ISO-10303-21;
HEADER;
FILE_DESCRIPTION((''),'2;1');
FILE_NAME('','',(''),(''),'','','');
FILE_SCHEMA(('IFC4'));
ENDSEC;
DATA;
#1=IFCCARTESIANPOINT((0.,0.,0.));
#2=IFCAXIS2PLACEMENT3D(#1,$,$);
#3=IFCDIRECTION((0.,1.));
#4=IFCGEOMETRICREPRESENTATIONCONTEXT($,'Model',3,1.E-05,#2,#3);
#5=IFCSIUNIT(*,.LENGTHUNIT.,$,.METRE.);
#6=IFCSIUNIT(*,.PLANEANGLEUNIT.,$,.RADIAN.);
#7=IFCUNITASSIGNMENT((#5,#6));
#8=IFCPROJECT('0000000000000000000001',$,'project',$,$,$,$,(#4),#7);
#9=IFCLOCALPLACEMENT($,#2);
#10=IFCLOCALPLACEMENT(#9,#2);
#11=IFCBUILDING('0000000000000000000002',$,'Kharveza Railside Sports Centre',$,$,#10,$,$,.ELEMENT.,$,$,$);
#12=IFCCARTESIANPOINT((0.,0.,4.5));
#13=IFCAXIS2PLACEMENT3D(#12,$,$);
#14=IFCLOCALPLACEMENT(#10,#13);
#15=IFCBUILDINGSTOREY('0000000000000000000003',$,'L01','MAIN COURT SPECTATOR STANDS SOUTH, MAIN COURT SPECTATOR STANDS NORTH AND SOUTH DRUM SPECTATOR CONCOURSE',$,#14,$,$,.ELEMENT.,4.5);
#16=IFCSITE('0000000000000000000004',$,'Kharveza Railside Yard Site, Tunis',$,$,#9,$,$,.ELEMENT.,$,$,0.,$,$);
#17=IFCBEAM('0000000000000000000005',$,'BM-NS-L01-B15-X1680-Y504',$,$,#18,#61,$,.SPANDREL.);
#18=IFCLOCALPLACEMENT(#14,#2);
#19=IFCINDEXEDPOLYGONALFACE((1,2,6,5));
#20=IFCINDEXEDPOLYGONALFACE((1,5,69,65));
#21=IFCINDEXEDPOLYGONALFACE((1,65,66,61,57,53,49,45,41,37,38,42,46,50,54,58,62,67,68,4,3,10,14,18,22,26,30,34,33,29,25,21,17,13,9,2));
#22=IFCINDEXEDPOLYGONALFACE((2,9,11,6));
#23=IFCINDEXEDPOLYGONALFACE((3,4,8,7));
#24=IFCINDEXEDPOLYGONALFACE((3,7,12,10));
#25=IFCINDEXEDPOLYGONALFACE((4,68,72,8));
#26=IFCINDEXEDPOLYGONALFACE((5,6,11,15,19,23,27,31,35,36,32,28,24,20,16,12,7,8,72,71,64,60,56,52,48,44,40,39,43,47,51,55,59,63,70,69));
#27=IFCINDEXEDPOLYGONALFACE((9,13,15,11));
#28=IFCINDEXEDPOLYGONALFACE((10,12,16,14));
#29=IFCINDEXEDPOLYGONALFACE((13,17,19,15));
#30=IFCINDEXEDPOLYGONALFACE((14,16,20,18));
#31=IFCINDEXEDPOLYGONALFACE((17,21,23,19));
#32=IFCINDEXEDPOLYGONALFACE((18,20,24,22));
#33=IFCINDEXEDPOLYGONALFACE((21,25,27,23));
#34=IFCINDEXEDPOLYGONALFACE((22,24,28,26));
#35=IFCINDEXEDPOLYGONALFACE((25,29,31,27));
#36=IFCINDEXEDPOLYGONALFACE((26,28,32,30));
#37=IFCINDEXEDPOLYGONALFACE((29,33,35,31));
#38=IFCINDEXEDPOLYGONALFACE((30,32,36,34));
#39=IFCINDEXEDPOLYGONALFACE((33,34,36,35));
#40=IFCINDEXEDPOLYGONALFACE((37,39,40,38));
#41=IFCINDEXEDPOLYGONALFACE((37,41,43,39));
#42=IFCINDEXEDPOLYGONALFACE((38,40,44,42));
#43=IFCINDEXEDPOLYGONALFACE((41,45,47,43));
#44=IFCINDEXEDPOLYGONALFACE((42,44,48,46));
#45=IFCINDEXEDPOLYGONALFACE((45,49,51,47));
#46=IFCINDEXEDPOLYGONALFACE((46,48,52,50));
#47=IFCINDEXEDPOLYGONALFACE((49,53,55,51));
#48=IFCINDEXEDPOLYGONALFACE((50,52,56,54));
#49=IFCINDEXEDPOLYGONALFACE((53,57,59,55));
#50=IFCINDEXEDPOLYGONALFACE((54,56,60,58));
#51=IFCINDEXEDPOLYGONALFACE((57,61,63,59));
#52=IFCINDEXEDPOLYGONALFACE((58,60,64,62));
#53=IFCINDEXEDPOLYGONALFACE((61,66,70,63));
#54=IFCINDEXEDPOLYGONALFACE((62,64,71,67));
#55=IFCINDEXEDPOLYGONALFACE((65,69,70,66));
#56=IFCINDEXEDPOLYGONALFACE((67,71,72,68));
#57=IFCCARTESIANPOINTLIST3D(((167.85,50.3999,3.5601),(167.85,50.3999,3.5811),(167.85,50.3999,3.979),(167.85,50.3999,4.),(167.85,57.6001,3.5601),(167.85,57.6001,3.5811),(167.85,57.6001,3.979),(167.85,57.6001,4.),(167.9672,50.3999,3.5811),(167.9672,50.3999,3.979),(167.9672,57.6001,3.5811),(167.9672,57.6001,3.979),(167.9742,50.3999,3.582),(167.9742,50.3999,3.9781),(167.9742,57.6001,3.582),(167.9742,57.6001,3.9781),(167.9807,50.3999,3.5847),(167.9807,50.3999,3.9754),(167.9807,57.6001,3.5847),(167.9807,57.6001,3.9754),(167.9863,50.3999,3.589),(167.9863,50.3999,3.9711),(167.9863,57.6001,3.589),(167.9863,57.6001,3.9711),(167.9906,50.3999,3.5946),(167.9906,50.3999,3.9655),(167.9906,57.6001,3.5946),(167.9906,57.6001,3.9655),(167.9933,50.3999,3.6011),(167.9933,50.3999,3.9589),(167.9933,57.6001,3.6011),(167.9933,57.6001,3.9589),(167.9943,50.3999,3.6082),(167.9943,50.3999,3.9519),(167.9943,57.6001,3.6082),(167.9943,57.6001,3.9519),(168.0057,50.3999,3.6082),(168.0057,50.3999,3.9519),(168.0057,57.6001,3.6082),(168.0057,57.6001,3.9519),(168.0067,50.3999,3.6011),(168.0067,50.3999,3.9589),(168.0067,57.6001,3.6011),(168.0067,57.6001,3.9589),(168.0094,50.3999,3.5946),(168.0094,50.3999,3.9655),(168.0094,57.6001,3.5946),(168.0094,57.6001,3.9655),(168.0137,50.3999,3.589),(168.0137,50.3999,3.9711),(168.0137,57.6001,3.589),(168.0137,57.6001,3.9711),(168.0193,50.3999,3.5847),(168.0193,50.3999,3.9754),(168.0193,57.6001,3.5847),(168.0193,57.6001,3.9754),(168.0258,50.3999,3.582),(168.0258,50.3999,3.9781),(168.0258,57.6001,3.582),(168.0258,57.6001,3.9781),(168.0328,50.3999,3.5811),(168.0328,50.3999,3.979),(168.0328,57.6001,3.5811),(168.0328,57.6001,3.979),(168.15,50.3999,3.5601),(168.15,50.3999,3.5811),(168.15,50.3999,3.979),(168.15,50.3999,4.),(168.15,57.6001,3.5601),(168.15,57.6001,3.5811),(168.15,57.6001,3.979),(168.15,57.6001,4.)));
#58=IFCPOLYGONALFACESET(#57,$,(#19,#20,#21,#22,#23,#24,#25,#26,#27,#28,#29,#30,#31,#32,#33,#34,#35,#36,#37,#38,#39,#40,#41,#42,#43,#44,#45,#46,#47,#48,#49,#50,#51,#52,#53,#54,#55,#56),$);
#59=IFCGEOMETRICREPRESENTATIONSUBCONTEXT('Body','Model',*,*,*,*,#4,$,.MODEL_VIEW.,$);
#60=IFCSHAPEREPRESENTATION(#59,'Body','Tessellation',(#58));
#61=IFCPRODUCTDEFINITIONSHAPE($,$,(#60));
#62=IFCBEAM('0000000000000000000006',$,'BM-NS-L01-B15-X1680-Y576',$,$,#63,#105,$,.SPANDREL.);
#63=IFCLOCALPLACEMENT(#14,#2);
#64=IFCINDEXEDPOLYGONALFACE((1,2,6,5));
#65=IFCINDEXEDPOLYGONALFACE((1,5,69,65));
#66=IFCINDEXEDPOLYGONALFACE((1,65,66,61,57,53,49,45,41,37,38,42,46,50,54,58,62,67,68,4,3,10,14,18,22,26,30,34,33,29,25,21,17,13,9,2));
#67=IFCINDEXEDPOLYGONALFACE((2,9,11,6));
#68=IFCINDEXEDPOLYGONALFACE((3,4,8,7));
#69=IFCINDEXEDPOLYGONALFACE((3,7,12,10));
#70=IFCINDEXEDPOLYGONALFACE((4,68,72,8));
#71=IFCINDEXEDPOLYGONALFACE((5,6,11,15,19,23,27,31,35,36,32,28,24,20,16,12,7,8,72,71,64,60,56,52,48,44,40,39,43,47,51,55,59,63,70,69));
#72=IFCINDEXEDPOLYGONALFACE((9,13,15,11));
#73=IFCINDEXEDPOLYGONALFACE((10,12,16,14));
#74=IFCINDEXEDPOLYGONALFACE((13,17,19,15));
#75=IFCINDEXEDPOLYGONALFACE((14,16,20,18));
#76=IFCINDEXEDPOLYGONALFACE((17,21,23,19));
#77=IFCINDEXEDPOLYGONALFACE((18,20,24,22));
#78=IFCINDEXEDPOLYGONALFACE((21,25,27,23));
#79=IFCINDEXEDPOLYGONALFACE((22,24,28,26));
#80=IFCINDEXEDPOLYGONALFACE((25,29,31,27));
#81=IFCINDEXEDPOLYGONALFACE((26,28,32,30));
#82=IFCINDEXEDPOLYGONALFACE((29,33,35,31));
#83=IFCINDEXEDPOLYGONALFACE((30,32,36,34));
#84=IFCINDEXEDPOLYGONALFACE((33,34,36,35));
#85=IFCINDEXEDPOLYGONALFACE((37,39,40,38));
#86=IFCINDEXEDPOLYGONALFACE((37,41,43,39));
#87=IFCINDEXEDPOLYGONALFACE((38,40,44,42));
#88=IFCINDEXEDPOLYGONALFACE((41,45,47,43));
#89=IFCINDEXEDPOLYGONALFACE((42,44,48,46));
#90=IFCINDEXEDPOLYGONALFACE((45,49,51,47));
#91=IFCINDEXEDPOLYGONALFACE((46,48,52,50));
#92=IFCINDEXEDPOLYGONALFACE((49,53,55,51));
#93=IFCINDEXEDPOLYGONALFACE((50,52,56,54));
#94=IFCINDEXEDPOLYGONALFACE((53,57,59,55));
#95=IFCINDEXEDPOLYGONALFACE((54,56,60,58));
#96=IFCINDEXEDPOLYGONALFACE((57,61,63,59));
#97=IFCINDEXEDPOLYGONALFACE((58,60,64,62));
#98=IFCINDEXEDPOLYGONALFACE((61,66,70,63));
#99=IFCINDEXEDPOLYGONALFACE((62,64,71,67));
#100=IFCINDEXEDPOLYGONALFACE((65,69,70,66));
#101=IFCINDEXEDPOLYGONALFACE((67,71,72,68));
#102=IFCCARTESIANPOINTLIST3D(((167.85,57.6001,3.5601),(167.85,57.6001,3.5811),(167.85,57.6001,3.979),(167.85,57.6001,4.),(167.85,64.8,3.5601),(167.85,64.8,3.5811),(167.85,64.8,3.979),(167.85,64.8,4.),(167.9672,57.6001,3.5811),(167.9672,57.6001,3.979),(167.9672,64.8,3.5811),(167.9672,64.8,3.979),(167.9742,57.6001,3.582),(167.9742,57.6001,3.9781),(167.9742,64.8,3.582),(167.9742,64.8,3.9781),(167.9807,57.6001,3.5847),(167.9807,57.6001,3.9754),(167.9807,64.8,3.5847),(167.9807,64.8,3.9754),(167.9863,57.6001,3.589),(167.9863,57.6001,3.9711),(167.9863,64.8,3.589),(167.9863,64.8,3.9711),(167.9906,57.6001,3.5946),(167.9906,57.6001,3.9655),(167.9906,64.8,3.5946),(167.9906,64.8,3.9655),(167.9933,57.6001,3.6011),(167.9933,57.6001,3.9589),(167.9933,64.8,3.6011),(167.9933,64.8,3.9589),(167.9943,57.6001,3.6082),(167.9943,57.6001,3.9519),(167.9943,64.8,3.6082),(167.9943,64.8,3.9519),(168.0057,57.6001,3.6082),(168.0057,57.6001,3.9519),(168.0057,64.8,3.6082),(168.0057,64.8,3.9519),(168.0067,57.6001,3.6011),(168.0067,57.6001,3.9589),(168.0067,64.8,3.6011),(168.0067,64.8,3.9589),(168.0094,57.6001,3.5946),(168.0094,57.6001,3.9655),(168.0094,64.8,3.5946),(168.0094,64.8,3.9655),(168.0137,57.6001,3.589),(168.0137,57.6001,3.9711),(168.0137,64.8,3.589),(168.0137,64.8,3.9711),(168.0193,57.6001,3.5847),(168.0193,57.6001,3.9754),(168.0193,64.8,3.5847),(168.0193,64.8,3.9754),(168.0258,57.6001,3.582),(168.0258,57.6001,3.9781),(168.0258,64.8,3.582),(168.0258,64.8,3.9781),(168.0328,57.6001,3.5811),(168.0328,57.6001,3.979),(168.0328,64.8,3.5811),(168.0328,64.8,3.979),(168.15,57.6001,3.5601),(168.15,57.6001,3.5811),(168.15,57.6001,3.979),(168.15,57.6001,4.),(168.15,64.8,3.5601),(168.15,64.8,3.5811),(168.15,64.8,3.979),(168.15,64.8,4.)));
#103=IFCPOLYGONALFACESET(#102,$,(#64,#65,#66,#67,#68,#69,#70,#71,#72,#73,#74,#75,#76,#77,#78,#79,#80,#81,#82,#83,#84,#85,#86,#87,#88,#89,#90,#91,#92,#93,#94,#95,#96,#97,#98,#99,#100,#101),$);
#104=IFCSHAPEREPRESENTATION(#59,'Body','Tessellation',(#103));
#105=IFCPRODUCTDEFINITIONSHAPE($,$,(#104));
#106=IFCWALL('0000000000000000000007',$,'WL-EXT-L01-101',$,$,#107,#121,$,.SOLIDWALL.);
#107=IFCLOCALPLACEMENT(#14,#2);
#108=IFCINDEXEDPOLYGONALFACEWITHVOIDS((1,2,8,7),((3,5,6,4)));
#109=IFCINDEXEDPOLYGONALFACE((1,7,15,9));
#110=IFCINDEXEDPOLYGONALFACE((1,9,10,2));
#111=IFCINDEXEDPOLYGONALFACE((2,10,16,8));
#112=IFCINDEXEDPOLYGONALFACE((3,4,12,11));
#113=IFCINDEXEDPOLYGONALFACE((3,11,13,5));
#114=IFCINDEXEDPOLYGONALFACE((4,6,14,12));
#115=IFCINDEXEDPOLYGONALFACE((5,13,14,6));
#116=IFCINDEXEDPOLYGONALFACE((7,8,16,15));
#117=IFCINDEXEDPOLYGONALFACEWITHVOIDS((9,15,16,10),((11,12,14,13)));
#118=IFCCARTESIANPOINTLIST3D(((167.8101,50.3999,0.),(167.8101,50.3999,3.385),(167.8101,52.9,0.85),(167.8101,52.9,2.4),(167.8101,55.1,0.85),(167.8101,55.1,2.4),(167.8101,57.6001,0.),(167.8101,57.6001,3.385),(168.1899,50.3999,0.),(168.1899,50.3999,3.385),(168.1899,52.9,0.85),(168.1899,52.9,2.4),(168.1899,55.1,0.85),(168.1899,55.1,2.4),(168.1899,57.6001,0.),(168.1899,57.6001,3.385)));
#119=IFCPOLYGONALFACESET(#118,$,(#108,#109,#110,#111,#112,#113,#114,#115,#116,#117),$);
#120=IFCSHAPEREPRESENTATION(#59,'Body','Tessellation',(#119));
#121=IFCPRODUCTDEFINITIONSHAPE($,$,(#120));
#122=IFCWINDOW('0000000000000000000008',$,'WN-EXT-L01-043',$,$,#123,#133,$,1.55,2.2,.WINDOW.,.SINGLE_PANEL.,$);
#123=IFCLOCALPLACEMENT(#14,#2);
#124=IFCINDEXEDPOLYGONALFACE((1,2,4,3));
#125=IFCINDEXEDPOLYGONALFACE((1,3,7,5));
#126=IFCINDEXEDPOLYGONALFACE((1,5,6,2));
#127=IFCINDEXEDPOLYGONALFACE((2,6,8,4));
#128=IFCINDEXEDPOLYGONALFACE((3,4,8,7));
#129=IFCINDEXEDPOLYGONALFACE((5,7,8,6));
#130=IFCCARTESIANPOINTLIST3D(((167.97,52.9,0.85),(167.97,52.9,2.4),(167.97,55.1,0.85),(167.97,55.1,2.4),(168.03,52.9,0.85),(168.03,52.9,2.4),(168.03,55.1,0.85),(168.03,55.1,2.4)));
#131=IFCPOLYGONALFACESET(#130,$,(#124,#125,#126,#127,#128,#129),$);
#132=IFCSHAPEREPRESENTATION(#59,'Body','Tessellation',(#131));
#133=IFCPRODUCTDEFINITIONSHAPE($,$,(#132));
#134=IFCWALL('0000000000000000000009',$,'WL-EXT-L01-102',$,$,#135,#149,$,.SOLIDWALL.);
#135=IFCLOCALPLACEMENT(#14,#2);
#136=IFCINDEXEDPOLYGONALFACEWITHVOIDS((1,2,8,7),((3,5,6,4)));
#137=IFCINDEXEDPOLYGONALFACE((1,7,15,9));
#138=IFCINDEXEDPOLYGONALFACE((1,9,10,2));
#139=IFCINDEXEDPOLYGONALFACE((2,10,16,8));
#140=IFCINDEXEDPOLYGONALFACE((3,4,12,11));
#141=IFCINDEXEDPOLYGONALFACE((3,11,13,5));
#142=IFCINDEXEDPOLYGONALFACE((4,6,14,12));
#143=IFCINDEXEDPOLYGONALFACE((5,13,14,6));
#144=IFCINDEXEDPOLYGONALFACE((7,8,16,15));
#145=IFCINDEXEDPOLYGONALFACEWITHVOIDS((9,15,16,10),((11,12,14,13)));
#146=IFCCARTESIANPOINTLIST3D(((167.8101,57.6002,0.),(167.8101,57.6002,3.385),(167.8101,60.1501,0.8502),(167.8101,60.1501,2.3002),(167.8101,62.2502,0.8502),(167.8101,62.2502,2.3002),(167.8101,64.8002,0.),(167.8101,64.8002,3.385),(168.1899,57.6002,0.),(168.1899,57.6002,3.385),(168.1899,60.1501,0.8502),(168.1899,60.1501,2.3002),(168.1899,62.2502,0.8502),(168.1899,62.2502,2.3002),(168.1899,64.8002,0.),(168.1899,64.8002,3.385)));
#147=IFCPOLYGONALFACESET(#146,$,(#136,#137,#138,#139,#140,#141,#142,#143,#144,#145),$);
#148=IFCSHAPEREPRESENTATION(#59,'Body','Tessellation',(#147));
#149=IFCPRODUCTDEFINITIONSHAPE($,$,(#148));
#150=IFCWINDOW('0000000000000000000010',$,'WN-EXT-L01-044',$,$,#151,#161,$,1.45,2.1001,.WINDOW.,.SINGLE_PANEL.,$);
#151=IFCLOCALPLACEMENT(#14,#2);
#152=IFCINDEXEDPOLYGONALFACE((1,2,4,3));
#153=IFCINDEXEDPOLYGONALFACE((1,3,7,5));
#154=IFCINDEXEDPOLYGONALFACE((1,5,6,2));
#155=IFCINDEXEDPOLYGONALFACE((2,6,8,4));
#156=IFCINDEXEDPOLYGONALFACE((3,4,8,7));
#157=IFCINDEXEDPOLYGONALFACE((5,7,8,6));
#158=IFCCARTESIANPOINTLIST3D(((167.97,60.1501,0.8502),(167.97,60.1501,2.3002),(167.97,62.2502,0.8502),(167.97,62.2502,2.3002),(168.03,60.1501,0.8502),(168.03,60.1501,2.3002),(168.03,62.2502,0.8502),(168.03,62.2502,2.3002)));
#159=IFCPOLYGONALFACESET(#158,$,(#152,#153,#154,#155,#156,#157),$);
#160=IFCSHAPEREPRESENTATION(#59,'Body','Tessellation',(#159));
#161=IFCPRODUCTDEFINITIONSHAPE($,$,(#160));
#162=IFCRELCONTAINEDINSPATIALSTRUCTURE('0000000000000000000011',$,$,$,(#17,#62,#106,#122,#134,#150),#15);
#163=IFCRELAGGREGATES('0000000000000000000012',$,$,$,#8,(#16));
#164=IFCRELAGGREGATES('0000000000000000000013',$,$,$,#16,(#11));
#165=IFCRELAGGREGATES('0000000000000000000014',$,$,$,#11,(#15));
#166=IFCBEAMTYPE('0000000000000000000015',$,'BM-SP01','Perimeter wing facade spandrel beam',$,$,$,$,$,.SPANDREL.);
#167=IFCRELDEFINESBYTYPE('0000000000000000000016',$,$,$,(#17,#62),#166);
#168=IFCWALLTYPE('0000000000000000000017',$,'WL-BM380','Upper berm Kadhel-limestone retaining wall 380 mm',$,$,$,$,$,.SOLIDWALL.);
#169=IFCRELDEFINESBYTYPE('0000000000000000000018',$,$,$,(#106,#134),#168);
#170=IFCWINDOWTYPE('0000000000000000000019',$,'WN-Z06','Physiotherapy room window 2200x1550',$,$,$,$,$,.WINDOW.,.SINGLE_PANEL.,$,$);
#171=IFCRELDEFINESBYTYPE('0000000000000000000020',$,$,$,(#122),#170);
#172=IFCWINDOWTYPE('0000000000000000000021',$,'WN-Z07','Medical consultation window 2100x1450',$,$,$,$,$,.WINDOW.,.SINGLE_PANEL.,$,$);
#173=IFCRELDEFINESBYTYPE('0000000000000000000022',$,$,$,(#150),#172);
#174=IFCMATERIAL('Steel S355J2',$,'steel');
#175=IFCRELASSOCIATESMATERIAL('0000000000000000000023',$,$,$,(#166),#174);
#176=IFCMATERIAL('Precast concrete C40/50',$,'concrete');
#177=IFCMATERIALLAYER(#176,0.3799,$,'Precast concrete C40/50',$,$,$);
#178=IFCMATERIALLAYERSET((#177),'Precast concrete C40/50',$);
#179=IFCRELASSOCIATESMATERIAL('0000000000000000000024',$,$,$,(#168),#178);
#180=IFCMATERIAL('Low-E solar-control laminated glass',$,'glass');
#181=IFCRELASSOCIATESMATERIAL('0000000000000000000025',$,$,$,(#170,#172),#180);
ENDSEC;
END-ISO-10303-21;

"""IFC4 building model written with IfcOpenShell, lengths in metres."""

from ifc_helpers import new_model, si_unit, direction, frame, frame_2d, origin, origin_2d, place, context, subcontext, project, spatial, rectangle, i_section, extrude, material, layer, layer_set, material_profile, profile_set, type_object, element, fill, save


model = new_model("IFC4")

# Units and contexts
model_context = context("Model", 3, precision=1e-05, world=origin(), true_north=direction((0.0, 1.0)))
body_context = subcontext(model_context, "Body", "Model", "MODEL_VIEW")
ifc_project = project(units=[si_unit("LENGTHUNIT", "METRE"), si_unit("PLANEANGLEUNIT", "RADIAN")], contexts=[model_context])

# Site, building, storey
site_placement = place(None, origin())
site = spatial("IfcSite", under=ifc_project, at=site_placement, Name="Kharveza Railside Yard Site, Tunis", CompositionType="ELEMENT", RefElevation=0.0)
building_placement = place(site_placement, origin())
building = spatial("IfcBuilding", under=site, at=building_placement, Name="Kharveza Railside Sports Centre", CompositionType="ELEMENT")
storey_placement = place(building_placement, frame((0.0, 0.0, 4.5)))
storey = spatial("IfcBuildingStorey", under=building, at=storey_placement, Name="L01", Description="MAIN COURT SPECTATOR STANDS SOUTH, MAIN COURT SPECTATOR STANDS NORTH AND SOUTH DRUM SPECTATOR CONCOURSE", CompositionType="ELEMENT", Elevation=4.5)

# Shared definitions
ifc_material_1 = material(Name="Steel S355J2", Category="steel")

# Beams
ifc_material_profile_1 = material_profile(ifc_material_1, i_section(OverallWidth=0.3, OverallDepth=0.4399, WebThickness=0.0115, FlangeThickness=0.021, FilletRadius=0.0271, at=origin_2d()), Name="HEA 450")
ifc_profile_set_1 = profile_set([ifc_material_profile_1], Name="Steel S355J2")
beam_type_1 = type_object("IfcBeamType", Name="BM-SP01", Description="Perimeter wing facade spandrel beam", PredefinedType="SPANDREL", material=ifc_profile_set_1)
beam_1_placement = place(storey_placement, frame((168.0, 50.3999, 3.78), z_axis=(0.0, 1.0, 0.0), x_axis=(-1.0, 0.0, 0.0)))
element("IfcBeam", 1, at=beam_1_placement, inside=storey, type_object=beam_type_1, Name="BM-NS-L01-B15-X1680-Y504", PredefinedType="SPANDREL", context=body_context, shape_type="SweptSolid", body=[
    extrude(i_section(OverallWidth=0.3, OverallDepth=0.4399, WebThickness=0.0115, FlangeThickness=0.021, FilletRadius=0.0271, at=origin_2d()), origin(), (0.0, 0.0, 1.0), 7.2002),
])
beam_2_placement = place(storey_placement, frame((168.0, 57.6001, 3.78), z_axis=(0.0, 1.0, 0.0), x_axis=(-1.0, 0.0, 0.0)))
element("IfcBeam", 2, at=beam_2_placement, inside=storey, type_object=beam_type_1, Name="BM-NS-L01-B15-X1680-Y576", PredefinedType="SPANDREL", context=body_context, shape_type="SweptSolid", body=[
    extrude(i_section(OverallWidth=0.3, OverallDepth=0.4399, WebThickness=0.0115, FlangeThickness=0.021, FilletRadius=0.0271, at=origin_2d()), origin(), (0.0, 0.0, 1.0), 7.2),
])

# Walls, openings, windows
ifc_material_2 = material(Name="Precast concrete C40/50", Category="concrete")
ifc_layer_1 = layer(ifc_material_2, 0.3799, Name="Precast concrete C40/50")
ifc_layer_set_1 = layer_set([ifc_layer_1], Name="Precast concrete C40/50")
wall_type_1 = type_object("IfcWallType", Name="WL-BM380", Description="Upper berm Kadhel-limestone retaining wall 380 mm", PredefinedType="SOLIDWALL", material=ifc_layer_set_1)
wall_1_placement = place(storey_placement, frame((168.0, 50.3999, 0.0), z_axis=(0.0, 0.0, 1.0), x_axis=(0.0, 1.0, 0.0)))
wall_1 = element("IfcWall", 3, at=wall_1_placement, inside=storey, type_object=wall_type_1, Name="WL-EXT-L01-101", PredefinedType="SOLIDWALL", context=body_context, shape_type="SweptSolid", body=[
    extrude(rectangle(XDim=7.2002, YDim=0.3799, at=frame_2d((3.6001, 0.0))), origin(), (0.0, 0.0, 1.0), 3.385),
])
opening_1_placement = place(wall_1_placement, frame((2.5, 0.0, 0.8501)))
opening_1 = element("IfcOpeningElement", 4, at=opening_1_placement, cuts=wall_1, PredefinedType="OPENING", context=body_context, shape_type="SweptSolid", body=[
    extrude(rectangle(XDim=2.2, YDim=1.55, at=frame_2d((1.1001, 0.7749))), frame((0.0, 0.2148, 0.0), z_axis=(0.0, -1.0, 0.0), x_axis=(1.0, 0.0, 0.0)), (0.0, 0.0, 1.0), 0.4297),
])
ifc_material_3 = material(Name="Low-E solar-control laminated glass", Category="glass")
window_type_1 = type_object("IfcWindowType", Name="WN-Z06", Description="Physiotherapy room window 2200x1550", PartitioningType="SINGLE_PANEL", PredefinedType="WINDOW", material=ifc_material_3)
window_1_placement = place(opening_1_placement, origin())
window_1 = element("IfcWindow", 5, at=window_1_placement, inside=storey, type_object=window_type_1, Name="WN-EXT-L01-043", OverallHeight=1.55, OverallWidth=2.2, PartitioningType="SINGLE_PANEL", PredefinedType="WINDOW", context=body_context, shape_type="SweptSolid", body=[
    extrude(rectangle(XDim=2.2, YDim=1.55, at=frame_2d((1.1001, 0.7749))), frame((0.0, 0.03, 0.0), z_axis=(0.0, -1.0, 0.0), x_axis=(1.0, 0.0, 0.0)), (0.0, 0.0, 1.0), 0.0601),
])
fill(opening_1, window_1)
wall_2_placement = place(storey_placement, frame((168.0, 57.6001, 0.0), z_axis=(0.0, 0.0, 1.0), x_axis=(0.0, 1.0, 0.0)))
wall_2 = element("IfcWall", 6, at=wall_2_placement, inside=storey, type_object=wall_type_1, Name="WL-EXT-L01-102", PredefinedType="SOLIDWALL", context=body_context, shape_type="SweptSolid", body=[
    extrude(rectangle(XDim=7.2, YDim=0.3799, at=frame_2d((3.6001, 0.0))), origin(), (0.0, 0.0, 1.0), 3.385),
])
opening_2_placement = place(wall_2_placement, frame((2.55, 0.0, 0.8501)))
opening_2 = element("IfcOpeningElement", 7, at=opening_2_placement, cuts=wall_2, PredefinedType="OPENING", context=body_context, shape_type="SweptSolid", body=[
    extrude(rectangle(XDim=2.1001, YDim=1.45, at=frame_2d((1.05, 0.7251))), frame((0.0, 0.2148, 0.0), z_axis=(0.0, -1.0, 0.0), x_axis=(1.0, 0.0, 0.0)), (0.0, 0.0, 1.0), 0.4297),
])
window_type_2 = type_object("IfcWindowType", Name="WN-Z07", Description="Medical consultation window 2100x1450", PartitioningType="SINGLE_PANEL", PredefinedType="WINDOW", material=ifc_material_3)
window_2_placement = place(opening_2_placement, origin())
window_2 = element("IfcWindow", 8, at=window_2_placement, inside=storey, type_object=window_type_2, Name="WN-EXT-L01-044", OverallHeight=1.45, OverallWidth=2.1001, PartitioningType="SINGLE_PANEL", PredefinedType="WINDOW", context=body_context, shape_type="SweptSolid", body=[
    extrude(rectangle(XDim=2.1001, YDim=1.45, at=frame_2d((1.05, 0.7251))), frame((0.0, 0.03, 0.0), z_axis=(0.0, -1.0, 0.0), x_axis=(1.0, 0.0, 0.0)), (0.0, 0.0, 1.0), 0.0601),
])
fill(opening_2, window_2)

save(model, "model.ifc")
